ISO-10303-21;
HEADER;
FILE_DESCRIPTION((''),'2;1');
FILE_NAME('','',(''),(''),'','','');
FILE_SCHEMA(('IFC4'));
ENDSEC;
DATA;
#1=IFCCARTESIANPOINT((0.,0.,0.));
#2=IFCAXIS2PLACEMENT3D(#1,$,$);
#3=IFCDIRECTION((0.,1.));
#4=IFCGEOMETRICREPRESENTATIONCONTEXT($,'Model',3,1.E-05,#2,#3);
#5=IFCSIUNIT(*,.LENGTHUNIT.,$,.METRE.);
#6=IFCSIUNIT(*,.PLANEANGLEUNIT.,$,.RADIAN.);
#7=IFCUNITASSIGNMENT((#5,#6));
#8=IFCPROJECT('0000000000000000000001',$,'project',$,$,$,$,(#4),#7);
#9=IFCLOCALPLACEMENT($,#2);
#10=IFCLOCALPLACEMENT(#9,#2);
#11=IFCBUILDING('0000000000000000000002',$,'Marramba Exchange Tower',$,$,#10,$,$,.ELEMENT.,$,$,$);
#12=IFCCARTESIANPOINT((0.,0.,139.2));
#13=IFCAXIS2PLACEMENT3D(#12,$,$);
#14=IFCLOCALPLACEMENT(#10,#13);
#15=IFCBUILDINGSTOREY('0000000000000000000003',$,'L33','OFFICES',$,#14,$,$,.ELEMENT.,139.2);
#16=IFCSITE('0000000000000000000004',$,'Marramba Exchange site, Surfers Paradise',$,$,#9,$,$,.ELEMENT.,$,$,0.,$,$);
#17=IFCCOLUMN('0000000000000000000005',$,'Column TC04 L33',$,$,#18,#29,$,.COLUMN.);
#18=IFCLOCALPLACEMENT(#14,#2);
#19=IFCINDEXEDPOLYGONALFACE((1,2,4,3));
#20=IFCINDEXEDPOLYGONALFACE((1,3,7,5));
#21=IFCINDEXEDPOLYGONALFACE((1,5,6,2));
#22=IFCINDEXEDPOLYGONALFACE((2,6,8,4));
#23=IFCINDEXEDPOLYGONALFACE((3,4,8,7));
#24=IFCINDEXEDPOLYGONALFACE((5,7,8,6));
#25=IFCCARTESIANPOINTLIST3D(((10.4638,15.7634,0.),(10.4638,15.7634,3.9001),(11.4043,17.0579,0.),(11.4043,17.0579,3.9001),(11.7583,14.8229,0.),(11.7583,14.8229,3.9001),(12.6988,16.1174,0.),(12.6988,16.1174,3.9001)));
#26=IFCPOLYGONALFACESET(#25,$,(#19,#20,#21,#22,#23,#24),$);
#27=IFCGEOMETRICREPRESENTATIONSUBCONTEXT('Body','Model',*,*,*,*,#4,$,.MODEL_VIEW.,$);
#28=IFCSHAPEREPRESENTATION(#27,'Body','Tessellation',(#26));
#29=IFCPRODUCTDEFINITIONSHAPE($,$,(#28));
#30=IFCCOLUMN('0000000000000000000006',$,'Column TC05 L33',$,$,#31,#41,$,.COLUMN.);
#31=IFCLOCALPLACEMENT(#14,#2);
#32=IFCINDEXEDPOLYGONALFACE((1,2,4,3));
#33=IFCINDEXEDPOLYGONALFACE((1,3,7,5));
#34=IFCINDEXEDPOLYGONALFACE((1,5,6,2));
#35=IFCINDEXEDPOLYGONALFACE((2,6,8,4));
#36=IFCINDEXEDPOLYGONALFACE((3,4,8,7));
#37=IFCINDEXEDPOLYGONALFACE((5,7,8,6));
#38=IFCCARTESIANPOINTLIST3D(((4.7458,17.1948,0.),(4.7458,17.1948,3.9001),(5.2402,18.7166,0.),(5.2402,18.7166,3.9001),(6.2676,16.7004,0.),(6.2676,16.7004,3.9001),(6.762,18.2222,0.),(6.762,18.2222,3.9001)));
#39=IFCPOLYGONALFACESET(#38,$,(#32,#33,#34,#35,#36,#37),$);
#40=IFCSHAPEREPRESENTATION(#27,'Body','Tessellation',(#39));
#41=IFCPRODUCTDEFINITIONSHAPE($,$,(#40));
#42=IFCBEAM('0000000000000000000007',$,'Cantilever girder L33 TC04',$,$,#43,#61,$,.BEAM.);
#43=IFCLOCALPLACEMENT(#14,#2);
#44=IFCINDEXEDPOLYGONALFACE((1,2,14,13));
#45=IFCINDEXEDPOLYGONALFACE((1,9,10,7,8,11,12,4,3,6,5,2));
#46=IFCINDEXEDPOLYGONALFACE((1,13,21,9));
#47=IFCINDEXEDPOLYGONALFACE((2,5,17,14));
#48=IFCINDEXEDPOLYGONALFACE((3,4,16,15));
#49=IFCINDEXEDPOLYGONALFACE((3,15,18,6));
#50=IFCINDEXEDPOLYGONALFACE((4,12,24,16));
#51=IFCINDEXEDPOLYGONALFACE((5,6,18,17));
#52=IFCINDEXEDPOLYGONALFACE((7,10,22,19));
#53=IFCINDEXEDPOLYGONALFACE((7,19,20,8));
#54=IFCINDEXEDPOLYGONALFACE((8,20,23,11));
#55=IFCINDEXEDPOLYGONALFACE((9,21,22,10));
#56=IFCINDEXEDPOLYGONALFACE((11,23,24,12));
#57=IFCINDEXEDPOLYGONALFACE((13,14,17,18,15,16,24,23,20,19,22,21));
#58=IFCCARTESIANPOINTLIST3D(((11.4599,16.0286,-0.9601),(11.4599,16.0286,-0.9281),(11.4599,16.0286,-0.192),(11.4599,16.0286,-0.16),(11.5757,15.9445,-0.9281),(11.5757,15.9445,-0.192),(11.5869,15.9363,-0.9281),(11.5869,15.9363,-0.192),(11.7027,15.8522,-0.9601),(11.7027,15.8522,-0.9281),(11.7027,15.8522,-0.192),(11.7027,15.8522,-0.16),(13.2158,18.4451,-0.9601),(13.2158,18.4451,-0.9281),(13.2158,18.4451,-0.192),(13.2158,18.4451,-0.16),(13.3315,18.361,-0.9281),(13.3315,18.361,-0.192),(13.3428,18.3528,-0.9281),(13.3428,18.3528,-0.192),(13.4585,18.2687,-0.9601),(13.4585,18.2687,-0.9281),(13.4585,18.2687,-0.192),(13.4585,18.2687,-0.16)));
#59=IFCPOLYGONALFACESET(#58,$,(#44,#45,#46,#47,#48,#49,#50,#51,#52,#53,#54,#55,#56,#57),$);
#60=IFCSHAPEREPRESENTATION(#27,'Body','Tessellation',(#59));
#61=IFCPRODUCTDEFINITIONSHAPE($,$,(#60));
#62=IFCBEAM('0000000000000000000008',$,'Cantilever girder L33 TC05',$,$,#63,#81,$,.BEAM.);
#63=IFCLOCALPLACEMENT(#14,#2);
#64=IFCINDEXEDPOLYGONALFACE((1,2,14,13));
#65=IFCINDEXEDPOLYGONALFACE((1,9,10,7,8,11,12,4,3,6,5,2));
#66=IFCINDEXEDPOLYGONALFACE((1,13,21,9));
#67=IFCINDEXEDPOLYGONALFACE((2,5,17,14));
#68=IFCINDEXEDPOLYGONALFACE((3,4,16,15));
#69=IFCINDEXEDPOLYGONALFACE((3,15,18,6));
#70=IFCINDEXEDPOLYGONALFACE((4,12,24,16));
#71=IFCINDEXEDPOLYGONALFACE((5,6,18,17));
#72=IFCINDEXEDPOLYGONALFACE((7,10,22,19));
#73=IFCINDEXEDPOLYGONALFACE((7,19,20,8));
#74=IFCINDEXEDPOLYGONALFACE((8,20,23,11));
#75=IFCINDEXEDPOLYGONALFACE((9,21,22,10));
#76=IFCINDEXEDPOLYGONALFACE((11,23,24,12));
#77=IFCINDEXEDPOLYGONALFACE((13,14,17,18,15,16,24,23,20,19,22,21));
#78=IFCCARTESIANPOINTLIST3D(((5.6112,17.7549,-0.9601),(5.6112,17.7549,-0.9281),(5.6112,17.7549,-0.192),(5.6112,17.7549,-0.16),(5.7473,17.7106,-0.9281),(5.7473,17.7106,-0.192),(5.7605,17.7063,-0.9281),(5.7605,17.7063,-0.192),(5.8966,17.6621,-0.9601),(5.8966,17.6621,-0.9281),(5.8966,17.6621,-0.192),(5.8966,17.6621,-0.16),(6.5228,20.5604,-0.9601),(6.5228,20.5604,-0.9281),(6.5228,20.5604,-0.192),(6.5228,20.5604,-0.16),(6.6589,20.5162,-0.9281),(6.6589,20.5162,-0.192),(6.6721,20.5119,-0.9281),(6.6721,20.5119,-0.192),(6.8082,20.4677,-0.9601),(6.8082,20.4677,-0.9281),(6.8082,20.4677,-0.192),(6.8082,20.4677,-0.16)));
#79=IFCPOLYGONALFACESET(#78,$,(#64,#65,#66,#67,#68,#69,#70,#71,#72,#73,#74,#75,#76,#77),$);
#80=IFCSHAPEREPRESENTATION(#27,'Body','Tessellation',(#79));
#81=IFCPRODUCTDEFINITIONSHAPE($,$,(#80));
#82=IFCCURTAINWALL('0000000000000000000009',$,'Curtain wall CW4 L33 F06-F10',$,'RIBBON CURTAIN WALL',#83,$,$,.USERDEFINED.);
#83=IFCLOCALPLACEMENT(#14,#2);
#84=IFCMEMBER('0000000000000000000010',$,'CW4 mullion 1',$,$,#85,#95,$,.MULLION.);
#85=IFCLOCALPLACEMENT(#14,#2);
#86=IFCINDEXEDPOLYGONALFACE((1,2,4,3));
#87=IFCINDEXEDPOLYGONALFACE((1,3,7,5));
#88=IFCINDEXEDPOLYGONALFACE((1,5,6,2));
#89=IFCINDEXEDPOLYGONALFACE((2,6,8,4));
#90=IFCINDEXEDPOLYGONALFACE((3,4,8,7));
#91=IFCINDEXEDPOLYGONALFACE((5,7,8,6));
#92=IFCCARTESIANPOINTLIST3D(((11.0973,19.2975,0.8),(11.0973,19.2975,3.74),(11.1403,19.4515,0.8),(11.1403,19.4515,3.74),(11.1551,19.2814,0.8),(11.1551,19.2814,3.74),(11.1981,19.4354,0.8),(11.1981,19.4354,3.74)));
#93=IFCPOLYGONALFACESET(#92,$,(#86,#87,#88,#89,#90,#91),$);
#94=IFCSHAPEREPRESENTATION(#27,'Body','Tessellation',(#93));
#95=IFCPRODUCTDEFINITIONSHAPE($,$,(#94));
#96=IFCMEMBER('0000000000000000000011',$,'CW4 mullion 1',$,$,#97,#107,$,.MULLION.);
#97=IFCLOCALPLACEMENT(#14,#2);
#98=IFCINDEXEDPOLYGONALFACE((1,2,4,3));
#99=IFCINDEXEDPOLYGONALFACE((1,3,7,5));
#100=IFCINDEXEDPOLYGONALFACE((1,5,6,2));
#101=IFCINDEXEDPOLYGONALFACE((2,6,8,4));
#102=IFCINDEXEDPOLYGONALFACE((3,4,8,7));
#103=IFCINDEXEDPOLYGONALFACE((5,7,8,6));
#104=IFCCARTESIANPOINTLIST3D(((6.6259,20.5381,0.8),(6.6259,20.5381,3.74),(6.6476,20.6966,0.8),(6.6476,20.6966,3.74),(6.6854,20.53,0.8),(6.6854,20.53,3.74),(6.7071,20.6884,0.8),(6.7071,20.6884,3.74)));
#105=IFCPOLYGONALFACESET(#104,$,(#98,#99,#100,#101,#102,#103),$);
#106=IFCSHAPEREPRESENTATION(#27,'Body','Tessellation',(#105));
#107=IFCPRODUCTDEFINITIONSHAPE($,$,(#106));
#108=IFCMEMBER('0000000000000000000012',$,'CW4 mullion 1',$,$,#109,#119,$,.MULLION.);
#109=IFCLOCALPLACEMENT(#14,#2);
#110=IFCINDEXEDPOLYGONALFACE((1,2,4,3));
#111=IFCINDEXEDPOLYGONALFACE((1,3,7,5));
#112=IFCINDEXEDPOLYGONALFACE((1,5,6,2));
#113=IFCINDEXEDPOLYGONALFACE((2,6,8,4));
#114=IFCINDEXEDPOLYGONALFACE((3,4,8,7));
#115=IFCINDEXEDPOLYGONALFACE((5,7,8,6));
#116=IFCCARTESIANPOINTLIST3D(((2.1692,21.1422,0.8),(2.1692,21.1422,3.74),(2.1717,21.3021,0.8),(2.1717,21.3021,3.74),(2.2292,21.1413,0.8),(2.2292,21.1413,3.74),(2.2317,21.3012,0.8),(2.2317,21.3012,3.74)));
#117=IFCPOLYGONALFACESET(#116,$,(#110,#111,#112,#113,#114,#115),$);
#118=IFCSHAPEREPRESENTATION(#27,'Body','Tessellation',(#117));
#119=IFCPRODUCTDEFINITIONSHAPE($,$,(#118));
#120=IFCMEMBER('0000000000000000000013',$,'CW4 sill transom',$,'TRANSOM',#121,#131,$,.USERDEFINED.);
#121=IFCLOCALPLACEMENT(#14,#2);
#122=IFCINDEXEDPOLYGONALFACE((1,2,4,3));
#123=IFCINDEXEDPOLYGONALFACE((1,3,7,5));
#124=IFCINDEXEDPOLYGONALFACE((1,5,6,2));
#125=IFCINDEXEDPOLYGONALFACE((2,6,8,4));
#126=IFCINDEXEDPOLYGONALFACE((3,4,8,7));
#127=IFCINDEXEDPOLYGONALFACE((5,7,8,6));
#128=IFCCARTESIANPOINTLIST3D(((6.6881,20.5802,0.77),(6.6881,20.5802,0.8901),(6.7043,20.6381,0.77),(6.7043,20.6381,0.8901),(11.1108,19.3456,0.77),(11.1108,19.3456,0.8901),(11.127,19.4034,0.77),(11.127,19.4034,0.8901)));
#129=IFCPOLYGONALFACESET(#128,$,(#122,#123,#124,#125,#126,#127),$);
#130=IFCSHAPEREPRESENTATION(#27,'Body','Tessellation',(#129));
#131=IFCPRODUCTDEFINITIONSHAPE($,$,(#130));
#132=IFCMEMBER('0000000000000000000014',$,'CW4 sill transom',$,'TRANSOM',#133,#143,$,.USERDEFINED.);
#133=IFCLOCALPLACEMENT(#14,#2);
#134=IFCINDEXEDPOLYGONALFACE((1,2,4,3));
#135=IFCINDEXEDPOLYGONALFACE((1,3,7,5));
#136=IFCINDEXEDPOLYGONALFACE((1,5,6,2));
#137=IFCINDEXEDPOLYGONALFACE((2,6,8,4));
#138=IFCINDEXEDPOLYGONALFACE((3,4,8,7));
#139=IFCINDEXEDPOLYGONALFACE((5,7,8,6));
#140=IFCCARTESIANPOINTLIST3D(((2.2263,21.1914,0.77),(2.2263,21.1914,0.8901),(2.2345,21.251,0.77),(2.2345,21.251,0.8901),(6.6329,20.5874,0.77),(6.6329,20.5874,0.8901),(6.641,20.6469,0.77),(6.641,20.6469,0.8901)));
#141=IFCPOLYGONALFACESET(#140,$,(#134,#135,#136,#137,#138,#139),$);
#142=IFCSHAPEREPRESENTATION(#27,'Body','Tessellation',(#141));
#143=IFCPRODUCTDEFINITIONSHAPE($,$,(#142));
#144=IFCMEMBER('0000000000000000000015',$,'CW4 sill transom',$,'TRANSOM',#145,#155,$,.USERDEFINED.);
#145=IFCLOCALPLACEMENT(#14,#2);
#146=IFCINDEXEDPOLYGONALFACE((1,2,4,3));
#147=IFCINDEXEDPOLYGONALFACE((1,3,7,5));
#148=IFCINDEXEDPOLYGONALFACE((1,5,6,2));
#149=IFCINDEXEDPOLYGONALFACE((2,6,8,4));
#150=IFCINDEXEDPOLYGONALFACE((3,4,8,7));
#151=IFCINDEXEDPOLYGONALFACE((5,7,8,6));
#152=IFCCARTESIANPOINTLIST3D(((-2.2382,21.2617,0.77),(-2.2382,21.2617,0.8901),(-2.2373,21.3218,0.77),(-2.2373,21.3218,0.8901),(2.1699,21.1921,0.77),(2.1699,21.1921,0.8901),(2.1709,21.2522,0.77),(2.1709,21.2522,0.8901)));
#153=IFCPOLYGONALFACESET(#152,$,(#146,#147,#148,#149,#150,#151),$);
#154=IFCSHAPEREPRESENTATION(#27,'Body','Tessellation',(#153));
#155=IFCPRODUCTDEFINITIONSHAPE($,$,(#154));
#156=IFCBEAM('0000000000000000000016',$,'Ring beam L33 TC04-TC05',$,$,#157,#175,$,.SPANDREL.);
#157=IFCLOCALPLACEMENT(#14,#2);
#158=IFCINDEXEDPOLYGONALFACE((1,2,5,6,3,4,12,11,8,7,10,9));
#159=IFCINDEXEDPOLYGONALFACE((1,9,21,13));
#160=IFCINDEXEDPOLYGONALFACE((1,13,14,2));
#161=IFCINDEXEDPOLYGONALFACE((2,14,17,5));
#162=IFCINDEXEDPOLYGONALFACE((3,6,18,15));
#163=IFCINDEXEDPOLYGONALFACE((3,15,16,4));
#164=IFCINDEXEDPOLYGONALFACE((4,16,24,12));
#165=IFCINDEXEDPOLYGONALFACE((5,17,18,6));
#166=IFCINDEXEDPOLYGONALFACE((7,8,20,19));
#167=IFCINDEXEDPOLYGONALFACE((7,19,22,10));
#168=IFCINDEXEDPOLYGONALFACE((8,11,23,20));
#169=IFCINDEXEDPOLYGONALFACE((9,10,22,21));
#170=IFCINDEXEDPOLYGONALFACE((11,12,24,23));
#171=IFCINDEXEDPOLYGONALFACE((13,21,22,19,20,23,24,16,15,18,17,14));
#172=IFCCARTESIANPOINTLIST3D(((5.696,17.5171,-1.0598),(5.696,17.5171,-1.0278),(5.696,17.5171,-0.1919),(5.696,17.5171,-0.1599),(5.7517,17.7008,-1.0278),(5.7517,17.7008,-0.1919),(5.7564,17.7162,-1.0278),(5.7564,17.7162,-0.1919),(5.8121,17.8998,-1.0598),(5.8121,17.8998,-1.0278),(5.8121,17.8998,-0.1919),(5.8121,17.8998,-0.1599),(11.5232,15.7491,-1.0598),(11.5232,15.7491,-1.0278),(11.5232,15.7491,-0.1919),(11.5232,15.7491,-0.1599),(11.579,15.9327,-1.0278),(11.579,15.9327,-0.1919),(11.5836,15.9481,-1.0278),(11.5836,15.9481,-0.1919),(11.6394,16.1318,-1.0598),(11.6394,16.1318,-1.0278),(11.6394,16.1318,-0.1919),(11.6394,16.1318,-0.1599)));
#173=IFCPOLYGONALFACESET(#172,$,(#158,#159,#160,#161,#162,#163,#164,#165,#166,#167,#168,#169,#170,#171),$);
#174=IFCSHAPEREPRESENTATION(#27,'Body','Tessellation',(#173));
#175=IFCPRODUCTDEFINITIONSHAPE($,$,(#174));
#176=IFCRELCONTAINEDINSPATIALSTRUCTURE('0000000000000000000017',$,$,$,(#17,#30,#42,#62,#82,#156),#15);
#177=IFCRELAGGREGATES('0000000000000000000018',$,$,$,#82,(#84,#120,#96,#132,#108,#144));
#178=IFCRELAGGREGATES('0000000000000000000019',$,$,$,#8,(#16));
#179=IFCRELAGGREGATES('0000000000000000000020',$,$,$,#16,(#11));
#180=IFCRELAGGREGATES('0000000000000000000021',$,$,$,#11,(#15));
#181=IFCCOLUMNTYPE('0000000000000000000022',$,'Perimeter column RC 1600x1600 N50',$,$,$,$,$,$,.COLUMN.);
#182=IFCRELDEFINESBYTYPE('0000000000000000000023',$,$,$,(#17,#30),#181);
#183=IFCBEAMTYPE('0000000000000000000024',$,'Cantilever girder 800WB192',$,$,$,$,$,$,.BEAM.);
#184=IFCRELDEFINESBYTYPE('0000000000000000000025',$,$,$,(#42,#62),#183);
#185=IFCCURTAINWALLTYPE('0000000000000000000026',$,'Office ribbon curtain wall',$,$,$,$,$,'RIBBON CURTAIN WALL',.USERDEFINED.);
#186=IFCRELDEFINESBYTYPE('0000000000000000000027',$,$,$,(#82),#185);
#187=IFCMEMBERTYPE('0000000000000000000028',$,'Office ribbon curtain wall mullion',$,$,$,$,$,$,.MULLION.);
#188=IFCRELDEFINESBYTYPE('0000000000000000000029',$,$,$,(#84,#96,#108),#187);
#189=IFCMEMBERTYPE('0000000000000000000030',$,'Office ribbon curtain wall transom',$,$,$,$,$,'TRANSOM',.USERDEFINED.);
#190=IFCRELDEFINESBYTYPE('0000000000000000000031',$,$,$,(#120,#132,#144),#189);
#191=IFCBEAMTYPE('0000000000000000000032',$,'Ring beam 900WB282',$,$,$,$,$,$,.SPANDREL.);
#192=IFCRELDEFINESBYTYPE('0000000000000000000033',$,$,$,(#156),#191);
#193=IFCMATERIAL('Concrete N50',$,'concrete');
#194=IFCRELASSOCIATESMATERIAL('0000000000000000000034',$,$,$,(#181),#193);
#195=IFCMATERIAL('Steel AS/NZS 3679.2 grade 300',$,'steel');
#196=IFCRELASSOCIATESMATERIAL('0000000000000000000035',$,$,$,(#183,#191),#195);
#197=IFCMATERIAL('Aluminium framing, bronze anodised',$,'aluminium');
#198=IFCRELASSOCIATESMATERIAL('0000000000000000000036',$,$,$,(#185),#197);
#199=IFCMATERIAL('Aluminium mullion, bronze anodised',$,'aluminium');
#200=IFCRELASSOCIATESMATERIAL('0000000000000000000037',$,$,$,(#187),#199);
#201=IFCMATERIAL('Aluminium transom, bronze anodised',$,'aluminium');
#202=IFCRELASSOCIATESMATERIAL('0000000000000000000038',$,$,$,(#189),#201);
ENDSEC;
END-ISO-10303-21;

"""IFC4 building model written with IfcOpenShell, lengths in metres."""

from ifc_helpers import new_model, si_unit, direction, frame, origin, origin_2d, place, context, subcontext, project, spatial, rectangle, i_section, extrude, material, material_profile, profile_set, type_object, element, aggregate, save


model = new_model("IFC4")

# Units and contexts
model_context = context("Model", 3, precision=1e-05, world=origin(), true_north=direction((0.0, 1.0)))
body_context = subcontext(model_context, "Body", "Model", "MODEL_VIEW")
ifc_project = project(units=[si_unit("LENGTHUNIT", "METRE"), si_unit("PLANEANGLEUNIT", "RADIAN")], contexts=[model_context])

# Site, building, storey
site_placement = place(None, origin())
site = spatial("IfcSite", under=ifc_project, at=site_placement, Name="Marramba Exchange site, Surfers Paradise", CompositionType="ELEMENT", RefElevation=0.0)
building_placement = place(site_placement, origin())
building = spatial("IfcBuilding", under=site, at=building_placement, Name="Marramba Exchange Tower", CompositionType="ELEMENT")
storey_placement = place(building_placement, frame((0.0, 0.0, 139.2)))
storey = spatial("IfcBuildingStorey", under=building, at=storey_placement, Name="L33", Description="OFFICES", CompositionType="ELEMENT", Elevation=139.2)

# Columns
ifc_material_1 = material(Name="Concrete N50", Category="concrete")
ifc_material_profile_1 = material_profile(ifc_material_1, rectangle(XDim=1.6001, YDim=1.6001, at=origin_2d()), Name="RC 1600x1600")
ifc_profile_set_1 = profile_set([ifc_material_profile_1], Name="Concrete N50")
column_type = type_object("IfcColumnType", Name="Perimeter column RC 1600x1600 N50", PredefinedType="COLUMN", material=ifc_profile_set_1)
for number, where, z_axis, x_axis, name in (
    (1, (11.5813, 15.9404, 0.0), (0.0, 0.0, 1.0), (0.587785, 0.809017, 0.0), "Column TC04 L33"),
    (2, (5.7539, 17.7085, 0.0), (0.0, 0.0, 1.0), (0.309017, 0.951057, 0.0), "Column TC05 L33"),
):
    element("IfcColumn", number, at=place(storey_placement, frame(where, z_axis=z_axis, x_axis=x_axis)), inside=storey, type_object=column_type, Name=name, PredefinedType="COLUMN", context=body_context, shape_type="SweptSolid", body=[
        extrude(rectangle(XDim=1.6001, YDim=1.6001, at=origin_2d()), origin(), (0.0, 0.0, 1.0), 3.9001),
    ])

# Beams
ifc_material_2 = material(Name="Steel AS/NZS 3679.2 grade 300", Category="steel")
ifc_material_profile_2 = material_profile(ifc_material_2, i_section(OverallWidth=0.3, OverallDepth=0.8, WebThickness=0.0139, FlangeThickness=0.032, at=origin_2d()), Name="800WB192")
ifc_profile_set_2 = profile_set([ifc_material_profile_2], Name="Steel AS/NZS 3679.2 grade 300")
beam_type_1 = type_object("IfcBeamType", Name="Cantilever girder 800WB192", PredefinedType="BEAM", material=ifc_profile_set_2)
beam_1_placement = place(storey_placement, frame((11.5813, 15.9404, -0.5601), z_axis=(0.587822, 0.80899, 0.0), x_axis=(-0.80899, 0.587822, 0.0)))
element("IfcBeam", 3, at=beam_1_placement, inside=storey, type_object=beam_type_1, Name="Cantilever girder L33 TC04", PredefinedType="BEAM", context=body_context, shape_type="SweptSolid", body=[
    extrude(i_section(OverallWidth=0.3, OverallDepth=0.8, WebThickness=0.0139, FlangeThickness=0.032, at=origin_2d()), origin(), (0.0, 0.0, 1.0), 2.9871),
])
beam_2_placement = place(storey_placement, frame((5.7539, 17.7085, -0.5601), z_axis=(0.309019, 0.951056, 0.0), x_axis=(-0.951056, 0.309019, 0.0)))
element("IfcBeam", 4, at=beam_2_placement, inside=storey, type_object=beam_type_1, Name="Cantilever girder L33 TC05", PredefinedType="BEAM", context=body_context, shape_type="SweptSolid", body=[
    extrude(i_section(OverallWidth=0.3, OverallDepth=0.8, WebThickness=0.0139, FlangeThickness=0.032, at=origin_2d()), origin(), (0.0, 0.0, 1.0), 2.95),
])

# Curtain wall, members
ifc_material_3 = material(Name="Aluminium framing, bronze anodised", Category="aluminium")
curtain_wall_type = type_object("IfcCurtainWallType", Name="Office ribbon curtain wall", ElementType="RIBBON CURTAIN WALL", PredefinedType="USERDEFINED", material=ifc_material_3)
curtain_wall_placement = place(storey_placement, origin())
curtain_wall = element("IfcCurtainWall", 5, at=curtain_wall_placement, inside=storey, type_object=curtain_wall_type, Name="Curtain wall CW4 L33 F06-F10", ObjectType="RIBBON CURTAIN WALL", PredefinedType="USERDEFINED")
ifc_material_4 = material(Name="Aluminium mullion, bronze anodised", Category="aluminium")
ifc_material_profile_3 = material_profile(ifc_material_4, rectangle(XDim=0.1599, YDim=0.0601, at=origin_2d()), Name="CW4 mullion 60x160")
ifc_profile_set_3 = profile_set([ifc_material_profile_3], Name="Aluminium mullion, bronze anodised")
member_type_1 = type_object("IfcMemberType", Name="Office ribbon curtain wall mullion", PredefinedType="MULLION", material=ifc_profile_set_3)
member_1_placement = place(storey_placement, frame((11.1477, 19.3665, 0.8), z_axis=(0.0, 0.0, 1.0), x_axis=(-0.268865, -0.963178, 0.0)))
member_1 = element("IfcMember", 6, at=member_1_placement, type_object=member_type_1, Name="CW4 mullion 1", PredefinedType="MULLION", context=body_context, shape_type="SweptSolid", body=[
    extrude(rectangle(XDim=0.1599, YDim=0.0601, at=origin_2d()), origin(), (0.0, 0.0, 1.0), 2.9399),
])
member_2_placement = place(storey_placement, frame((6.6665, 20.6133, 0.8), z_axis=(0.0, 0.0, 1.0), x_axis=(-0.135786, -0.990738, 0.0)))
member_2 = element("IfcMember", 7, at=member_2_placement, type_object=member_type_1, Name="CW4 mullion 1", PredefinedType="MULLION", context=body_context, shape_type="SweptSolid", body=[
    extrude(rectangle(XDim=0.1599, YDim=0.0601, at=origin_2d()), origin(), (0.0, 0.0, 1.0), 2.9399),
])
member_3_placement = place(storey_placement, frame((2.2004, 21.2217, 0.8), z_axis=(0.0, 0.0, 1.0), x_axis=(-0.015756, -0.999876, 0.0)))
member_3 = element("IfcMember", 8, at=member_3_placement, type_object=member_type_1, Name="CW4 mullion 1", PredefinedType="MULLION", context=body_context, shape_type="SweptSolid", body=[
    extrude(rectangle(XDim=0.1599, YDim=0.0601, at=origin_2d()), origin(), (0.0, 0.0, 1.0), 2.9399),
])
ifc_material_5 = material(Name="Aluminium transom, bronze anodised", Category="aluminium")
ifc_material_profile_4 = material_profile(ifc_material_5, rectangle(XDim=0.0601, YDim=0.1201, at=origin_2d()), Name="CW4 transom 60x120")
ifc_profile_set_4 = profile_set([ifc_material_profile_4], Name="Aluminium transom, bronze anodised")
member_type_2 = type_object("IfcMemberType", Name="Office ribbon curtain wall transom", ElementType="TRANSOM", PredefinedType="USERDEFINED", material=ifc_profile_set_4)
member_4_placement = place(storey_placement, frame((11.1189, 19.3745, 0.8301), z_axis=(-0.963174, 0.26888, 0.0), x_axis=(-0.26888, -0.963174, 0.0)))
member_4 = element("IfcMember", 9, at=member_4_placement, type_object=member_type_2, Name="CW4 sill transom", ObjectType="TRANSOM", PredefinedType="USERDEFINED", context=body_context, shape_type="SweptSolid", body=[
    extrude(rectangle(XDim=0.0601, YDim=0.1201, at=origin_2d()), origin(), (0.0, 0.0, 1.0), 4.5918),
])
member_5_placement = place(storey_placement, frame((6.637, 20.6172, 0.8301), z_axis=(-0.990736, 0.135801, 0.0), x_axis=(-0.135801, -0.990736, 0.0)))
member_5 = element("IfcMember", 10, at=member_5_placement, type_object=member_type_2, Name="CW4 sill transom", ObjectType="TRANSOM", PredefinedType="USERDEFINED", context=body_context, shape_type="SweptSolid", body=[
    extrude(rectangle(XDim=0.0601, YDim=0.1201, at=origin_2d()), origin(), (0.0, 0.0, 1.0), 4.4478),
])
member_6_placement = place(storey_placement, frame((2.1704, 21.2222, 0.8301), z_axis=(-0.999875, 0.015782, 0.0), x_axis=(-0.015782, -0.999875, 0.0)))
member_6 = element("IfcMember", 11, at=member_6_placement, type_object=member_type_2, Name="CW4 sill transom", ObjectType="TRANSOM", PredefinedType="USERDEFINED", context=body_context, shape_type="SweptSolid", body=[
    extrude(rectangle(XDim=0.0601, YDim=0.1201, at=origin_2d()), origin(), (0.0, 0.0, 1.0), 4.4087),
])

# Beam
ifc_material_profile_5 = material_profile(ifc_material_2, i_section(OverallWidth=0.3999, OverallDepth=0.8999, WebThickness=0.0161, FlangeThickness=0.032, at=origin_2d()), Name="900WB282")
ifc_profile_set_5 = profile_set([ifc_material_profile_5], Name="Steel AS/NZS 3679.2 grade 300")
beam_type_2 = type_object("IfcBeamType", Name="Ring beam 900WB282", PredefinedType="SPANDREL", material=ifc_profile_set_5)
beam_3_placement = place(storey_placement, frame((11.5813, 15.9404, -0.6099), z_axis=(-0.956925, 0.290337, 0.0), x_axis=(-0.290337, -0.956925, 0.0)))
element("IfcBeam", 12, at=beam_3_placement, inside=storey, type_object=beam_type_2, Name="Ring beam L33 TC04-TC05", PredefinedType="SPANDREL", context=body_context, shape_type="SweptSolid", body=[
    extrude(i_section(OverallWidth=0.3999, OverallDepth=0.8999, WebThickness=0.0161, FlangeThickness=0.032, at=origin_2d()), origin(), (0.0, 0.0, 1.0), 6.0896),
])

aggregate(curtain_wall, [member_1, member_4, member_2, member_5, member_3, member_6])

save(model, "model.ifc")
